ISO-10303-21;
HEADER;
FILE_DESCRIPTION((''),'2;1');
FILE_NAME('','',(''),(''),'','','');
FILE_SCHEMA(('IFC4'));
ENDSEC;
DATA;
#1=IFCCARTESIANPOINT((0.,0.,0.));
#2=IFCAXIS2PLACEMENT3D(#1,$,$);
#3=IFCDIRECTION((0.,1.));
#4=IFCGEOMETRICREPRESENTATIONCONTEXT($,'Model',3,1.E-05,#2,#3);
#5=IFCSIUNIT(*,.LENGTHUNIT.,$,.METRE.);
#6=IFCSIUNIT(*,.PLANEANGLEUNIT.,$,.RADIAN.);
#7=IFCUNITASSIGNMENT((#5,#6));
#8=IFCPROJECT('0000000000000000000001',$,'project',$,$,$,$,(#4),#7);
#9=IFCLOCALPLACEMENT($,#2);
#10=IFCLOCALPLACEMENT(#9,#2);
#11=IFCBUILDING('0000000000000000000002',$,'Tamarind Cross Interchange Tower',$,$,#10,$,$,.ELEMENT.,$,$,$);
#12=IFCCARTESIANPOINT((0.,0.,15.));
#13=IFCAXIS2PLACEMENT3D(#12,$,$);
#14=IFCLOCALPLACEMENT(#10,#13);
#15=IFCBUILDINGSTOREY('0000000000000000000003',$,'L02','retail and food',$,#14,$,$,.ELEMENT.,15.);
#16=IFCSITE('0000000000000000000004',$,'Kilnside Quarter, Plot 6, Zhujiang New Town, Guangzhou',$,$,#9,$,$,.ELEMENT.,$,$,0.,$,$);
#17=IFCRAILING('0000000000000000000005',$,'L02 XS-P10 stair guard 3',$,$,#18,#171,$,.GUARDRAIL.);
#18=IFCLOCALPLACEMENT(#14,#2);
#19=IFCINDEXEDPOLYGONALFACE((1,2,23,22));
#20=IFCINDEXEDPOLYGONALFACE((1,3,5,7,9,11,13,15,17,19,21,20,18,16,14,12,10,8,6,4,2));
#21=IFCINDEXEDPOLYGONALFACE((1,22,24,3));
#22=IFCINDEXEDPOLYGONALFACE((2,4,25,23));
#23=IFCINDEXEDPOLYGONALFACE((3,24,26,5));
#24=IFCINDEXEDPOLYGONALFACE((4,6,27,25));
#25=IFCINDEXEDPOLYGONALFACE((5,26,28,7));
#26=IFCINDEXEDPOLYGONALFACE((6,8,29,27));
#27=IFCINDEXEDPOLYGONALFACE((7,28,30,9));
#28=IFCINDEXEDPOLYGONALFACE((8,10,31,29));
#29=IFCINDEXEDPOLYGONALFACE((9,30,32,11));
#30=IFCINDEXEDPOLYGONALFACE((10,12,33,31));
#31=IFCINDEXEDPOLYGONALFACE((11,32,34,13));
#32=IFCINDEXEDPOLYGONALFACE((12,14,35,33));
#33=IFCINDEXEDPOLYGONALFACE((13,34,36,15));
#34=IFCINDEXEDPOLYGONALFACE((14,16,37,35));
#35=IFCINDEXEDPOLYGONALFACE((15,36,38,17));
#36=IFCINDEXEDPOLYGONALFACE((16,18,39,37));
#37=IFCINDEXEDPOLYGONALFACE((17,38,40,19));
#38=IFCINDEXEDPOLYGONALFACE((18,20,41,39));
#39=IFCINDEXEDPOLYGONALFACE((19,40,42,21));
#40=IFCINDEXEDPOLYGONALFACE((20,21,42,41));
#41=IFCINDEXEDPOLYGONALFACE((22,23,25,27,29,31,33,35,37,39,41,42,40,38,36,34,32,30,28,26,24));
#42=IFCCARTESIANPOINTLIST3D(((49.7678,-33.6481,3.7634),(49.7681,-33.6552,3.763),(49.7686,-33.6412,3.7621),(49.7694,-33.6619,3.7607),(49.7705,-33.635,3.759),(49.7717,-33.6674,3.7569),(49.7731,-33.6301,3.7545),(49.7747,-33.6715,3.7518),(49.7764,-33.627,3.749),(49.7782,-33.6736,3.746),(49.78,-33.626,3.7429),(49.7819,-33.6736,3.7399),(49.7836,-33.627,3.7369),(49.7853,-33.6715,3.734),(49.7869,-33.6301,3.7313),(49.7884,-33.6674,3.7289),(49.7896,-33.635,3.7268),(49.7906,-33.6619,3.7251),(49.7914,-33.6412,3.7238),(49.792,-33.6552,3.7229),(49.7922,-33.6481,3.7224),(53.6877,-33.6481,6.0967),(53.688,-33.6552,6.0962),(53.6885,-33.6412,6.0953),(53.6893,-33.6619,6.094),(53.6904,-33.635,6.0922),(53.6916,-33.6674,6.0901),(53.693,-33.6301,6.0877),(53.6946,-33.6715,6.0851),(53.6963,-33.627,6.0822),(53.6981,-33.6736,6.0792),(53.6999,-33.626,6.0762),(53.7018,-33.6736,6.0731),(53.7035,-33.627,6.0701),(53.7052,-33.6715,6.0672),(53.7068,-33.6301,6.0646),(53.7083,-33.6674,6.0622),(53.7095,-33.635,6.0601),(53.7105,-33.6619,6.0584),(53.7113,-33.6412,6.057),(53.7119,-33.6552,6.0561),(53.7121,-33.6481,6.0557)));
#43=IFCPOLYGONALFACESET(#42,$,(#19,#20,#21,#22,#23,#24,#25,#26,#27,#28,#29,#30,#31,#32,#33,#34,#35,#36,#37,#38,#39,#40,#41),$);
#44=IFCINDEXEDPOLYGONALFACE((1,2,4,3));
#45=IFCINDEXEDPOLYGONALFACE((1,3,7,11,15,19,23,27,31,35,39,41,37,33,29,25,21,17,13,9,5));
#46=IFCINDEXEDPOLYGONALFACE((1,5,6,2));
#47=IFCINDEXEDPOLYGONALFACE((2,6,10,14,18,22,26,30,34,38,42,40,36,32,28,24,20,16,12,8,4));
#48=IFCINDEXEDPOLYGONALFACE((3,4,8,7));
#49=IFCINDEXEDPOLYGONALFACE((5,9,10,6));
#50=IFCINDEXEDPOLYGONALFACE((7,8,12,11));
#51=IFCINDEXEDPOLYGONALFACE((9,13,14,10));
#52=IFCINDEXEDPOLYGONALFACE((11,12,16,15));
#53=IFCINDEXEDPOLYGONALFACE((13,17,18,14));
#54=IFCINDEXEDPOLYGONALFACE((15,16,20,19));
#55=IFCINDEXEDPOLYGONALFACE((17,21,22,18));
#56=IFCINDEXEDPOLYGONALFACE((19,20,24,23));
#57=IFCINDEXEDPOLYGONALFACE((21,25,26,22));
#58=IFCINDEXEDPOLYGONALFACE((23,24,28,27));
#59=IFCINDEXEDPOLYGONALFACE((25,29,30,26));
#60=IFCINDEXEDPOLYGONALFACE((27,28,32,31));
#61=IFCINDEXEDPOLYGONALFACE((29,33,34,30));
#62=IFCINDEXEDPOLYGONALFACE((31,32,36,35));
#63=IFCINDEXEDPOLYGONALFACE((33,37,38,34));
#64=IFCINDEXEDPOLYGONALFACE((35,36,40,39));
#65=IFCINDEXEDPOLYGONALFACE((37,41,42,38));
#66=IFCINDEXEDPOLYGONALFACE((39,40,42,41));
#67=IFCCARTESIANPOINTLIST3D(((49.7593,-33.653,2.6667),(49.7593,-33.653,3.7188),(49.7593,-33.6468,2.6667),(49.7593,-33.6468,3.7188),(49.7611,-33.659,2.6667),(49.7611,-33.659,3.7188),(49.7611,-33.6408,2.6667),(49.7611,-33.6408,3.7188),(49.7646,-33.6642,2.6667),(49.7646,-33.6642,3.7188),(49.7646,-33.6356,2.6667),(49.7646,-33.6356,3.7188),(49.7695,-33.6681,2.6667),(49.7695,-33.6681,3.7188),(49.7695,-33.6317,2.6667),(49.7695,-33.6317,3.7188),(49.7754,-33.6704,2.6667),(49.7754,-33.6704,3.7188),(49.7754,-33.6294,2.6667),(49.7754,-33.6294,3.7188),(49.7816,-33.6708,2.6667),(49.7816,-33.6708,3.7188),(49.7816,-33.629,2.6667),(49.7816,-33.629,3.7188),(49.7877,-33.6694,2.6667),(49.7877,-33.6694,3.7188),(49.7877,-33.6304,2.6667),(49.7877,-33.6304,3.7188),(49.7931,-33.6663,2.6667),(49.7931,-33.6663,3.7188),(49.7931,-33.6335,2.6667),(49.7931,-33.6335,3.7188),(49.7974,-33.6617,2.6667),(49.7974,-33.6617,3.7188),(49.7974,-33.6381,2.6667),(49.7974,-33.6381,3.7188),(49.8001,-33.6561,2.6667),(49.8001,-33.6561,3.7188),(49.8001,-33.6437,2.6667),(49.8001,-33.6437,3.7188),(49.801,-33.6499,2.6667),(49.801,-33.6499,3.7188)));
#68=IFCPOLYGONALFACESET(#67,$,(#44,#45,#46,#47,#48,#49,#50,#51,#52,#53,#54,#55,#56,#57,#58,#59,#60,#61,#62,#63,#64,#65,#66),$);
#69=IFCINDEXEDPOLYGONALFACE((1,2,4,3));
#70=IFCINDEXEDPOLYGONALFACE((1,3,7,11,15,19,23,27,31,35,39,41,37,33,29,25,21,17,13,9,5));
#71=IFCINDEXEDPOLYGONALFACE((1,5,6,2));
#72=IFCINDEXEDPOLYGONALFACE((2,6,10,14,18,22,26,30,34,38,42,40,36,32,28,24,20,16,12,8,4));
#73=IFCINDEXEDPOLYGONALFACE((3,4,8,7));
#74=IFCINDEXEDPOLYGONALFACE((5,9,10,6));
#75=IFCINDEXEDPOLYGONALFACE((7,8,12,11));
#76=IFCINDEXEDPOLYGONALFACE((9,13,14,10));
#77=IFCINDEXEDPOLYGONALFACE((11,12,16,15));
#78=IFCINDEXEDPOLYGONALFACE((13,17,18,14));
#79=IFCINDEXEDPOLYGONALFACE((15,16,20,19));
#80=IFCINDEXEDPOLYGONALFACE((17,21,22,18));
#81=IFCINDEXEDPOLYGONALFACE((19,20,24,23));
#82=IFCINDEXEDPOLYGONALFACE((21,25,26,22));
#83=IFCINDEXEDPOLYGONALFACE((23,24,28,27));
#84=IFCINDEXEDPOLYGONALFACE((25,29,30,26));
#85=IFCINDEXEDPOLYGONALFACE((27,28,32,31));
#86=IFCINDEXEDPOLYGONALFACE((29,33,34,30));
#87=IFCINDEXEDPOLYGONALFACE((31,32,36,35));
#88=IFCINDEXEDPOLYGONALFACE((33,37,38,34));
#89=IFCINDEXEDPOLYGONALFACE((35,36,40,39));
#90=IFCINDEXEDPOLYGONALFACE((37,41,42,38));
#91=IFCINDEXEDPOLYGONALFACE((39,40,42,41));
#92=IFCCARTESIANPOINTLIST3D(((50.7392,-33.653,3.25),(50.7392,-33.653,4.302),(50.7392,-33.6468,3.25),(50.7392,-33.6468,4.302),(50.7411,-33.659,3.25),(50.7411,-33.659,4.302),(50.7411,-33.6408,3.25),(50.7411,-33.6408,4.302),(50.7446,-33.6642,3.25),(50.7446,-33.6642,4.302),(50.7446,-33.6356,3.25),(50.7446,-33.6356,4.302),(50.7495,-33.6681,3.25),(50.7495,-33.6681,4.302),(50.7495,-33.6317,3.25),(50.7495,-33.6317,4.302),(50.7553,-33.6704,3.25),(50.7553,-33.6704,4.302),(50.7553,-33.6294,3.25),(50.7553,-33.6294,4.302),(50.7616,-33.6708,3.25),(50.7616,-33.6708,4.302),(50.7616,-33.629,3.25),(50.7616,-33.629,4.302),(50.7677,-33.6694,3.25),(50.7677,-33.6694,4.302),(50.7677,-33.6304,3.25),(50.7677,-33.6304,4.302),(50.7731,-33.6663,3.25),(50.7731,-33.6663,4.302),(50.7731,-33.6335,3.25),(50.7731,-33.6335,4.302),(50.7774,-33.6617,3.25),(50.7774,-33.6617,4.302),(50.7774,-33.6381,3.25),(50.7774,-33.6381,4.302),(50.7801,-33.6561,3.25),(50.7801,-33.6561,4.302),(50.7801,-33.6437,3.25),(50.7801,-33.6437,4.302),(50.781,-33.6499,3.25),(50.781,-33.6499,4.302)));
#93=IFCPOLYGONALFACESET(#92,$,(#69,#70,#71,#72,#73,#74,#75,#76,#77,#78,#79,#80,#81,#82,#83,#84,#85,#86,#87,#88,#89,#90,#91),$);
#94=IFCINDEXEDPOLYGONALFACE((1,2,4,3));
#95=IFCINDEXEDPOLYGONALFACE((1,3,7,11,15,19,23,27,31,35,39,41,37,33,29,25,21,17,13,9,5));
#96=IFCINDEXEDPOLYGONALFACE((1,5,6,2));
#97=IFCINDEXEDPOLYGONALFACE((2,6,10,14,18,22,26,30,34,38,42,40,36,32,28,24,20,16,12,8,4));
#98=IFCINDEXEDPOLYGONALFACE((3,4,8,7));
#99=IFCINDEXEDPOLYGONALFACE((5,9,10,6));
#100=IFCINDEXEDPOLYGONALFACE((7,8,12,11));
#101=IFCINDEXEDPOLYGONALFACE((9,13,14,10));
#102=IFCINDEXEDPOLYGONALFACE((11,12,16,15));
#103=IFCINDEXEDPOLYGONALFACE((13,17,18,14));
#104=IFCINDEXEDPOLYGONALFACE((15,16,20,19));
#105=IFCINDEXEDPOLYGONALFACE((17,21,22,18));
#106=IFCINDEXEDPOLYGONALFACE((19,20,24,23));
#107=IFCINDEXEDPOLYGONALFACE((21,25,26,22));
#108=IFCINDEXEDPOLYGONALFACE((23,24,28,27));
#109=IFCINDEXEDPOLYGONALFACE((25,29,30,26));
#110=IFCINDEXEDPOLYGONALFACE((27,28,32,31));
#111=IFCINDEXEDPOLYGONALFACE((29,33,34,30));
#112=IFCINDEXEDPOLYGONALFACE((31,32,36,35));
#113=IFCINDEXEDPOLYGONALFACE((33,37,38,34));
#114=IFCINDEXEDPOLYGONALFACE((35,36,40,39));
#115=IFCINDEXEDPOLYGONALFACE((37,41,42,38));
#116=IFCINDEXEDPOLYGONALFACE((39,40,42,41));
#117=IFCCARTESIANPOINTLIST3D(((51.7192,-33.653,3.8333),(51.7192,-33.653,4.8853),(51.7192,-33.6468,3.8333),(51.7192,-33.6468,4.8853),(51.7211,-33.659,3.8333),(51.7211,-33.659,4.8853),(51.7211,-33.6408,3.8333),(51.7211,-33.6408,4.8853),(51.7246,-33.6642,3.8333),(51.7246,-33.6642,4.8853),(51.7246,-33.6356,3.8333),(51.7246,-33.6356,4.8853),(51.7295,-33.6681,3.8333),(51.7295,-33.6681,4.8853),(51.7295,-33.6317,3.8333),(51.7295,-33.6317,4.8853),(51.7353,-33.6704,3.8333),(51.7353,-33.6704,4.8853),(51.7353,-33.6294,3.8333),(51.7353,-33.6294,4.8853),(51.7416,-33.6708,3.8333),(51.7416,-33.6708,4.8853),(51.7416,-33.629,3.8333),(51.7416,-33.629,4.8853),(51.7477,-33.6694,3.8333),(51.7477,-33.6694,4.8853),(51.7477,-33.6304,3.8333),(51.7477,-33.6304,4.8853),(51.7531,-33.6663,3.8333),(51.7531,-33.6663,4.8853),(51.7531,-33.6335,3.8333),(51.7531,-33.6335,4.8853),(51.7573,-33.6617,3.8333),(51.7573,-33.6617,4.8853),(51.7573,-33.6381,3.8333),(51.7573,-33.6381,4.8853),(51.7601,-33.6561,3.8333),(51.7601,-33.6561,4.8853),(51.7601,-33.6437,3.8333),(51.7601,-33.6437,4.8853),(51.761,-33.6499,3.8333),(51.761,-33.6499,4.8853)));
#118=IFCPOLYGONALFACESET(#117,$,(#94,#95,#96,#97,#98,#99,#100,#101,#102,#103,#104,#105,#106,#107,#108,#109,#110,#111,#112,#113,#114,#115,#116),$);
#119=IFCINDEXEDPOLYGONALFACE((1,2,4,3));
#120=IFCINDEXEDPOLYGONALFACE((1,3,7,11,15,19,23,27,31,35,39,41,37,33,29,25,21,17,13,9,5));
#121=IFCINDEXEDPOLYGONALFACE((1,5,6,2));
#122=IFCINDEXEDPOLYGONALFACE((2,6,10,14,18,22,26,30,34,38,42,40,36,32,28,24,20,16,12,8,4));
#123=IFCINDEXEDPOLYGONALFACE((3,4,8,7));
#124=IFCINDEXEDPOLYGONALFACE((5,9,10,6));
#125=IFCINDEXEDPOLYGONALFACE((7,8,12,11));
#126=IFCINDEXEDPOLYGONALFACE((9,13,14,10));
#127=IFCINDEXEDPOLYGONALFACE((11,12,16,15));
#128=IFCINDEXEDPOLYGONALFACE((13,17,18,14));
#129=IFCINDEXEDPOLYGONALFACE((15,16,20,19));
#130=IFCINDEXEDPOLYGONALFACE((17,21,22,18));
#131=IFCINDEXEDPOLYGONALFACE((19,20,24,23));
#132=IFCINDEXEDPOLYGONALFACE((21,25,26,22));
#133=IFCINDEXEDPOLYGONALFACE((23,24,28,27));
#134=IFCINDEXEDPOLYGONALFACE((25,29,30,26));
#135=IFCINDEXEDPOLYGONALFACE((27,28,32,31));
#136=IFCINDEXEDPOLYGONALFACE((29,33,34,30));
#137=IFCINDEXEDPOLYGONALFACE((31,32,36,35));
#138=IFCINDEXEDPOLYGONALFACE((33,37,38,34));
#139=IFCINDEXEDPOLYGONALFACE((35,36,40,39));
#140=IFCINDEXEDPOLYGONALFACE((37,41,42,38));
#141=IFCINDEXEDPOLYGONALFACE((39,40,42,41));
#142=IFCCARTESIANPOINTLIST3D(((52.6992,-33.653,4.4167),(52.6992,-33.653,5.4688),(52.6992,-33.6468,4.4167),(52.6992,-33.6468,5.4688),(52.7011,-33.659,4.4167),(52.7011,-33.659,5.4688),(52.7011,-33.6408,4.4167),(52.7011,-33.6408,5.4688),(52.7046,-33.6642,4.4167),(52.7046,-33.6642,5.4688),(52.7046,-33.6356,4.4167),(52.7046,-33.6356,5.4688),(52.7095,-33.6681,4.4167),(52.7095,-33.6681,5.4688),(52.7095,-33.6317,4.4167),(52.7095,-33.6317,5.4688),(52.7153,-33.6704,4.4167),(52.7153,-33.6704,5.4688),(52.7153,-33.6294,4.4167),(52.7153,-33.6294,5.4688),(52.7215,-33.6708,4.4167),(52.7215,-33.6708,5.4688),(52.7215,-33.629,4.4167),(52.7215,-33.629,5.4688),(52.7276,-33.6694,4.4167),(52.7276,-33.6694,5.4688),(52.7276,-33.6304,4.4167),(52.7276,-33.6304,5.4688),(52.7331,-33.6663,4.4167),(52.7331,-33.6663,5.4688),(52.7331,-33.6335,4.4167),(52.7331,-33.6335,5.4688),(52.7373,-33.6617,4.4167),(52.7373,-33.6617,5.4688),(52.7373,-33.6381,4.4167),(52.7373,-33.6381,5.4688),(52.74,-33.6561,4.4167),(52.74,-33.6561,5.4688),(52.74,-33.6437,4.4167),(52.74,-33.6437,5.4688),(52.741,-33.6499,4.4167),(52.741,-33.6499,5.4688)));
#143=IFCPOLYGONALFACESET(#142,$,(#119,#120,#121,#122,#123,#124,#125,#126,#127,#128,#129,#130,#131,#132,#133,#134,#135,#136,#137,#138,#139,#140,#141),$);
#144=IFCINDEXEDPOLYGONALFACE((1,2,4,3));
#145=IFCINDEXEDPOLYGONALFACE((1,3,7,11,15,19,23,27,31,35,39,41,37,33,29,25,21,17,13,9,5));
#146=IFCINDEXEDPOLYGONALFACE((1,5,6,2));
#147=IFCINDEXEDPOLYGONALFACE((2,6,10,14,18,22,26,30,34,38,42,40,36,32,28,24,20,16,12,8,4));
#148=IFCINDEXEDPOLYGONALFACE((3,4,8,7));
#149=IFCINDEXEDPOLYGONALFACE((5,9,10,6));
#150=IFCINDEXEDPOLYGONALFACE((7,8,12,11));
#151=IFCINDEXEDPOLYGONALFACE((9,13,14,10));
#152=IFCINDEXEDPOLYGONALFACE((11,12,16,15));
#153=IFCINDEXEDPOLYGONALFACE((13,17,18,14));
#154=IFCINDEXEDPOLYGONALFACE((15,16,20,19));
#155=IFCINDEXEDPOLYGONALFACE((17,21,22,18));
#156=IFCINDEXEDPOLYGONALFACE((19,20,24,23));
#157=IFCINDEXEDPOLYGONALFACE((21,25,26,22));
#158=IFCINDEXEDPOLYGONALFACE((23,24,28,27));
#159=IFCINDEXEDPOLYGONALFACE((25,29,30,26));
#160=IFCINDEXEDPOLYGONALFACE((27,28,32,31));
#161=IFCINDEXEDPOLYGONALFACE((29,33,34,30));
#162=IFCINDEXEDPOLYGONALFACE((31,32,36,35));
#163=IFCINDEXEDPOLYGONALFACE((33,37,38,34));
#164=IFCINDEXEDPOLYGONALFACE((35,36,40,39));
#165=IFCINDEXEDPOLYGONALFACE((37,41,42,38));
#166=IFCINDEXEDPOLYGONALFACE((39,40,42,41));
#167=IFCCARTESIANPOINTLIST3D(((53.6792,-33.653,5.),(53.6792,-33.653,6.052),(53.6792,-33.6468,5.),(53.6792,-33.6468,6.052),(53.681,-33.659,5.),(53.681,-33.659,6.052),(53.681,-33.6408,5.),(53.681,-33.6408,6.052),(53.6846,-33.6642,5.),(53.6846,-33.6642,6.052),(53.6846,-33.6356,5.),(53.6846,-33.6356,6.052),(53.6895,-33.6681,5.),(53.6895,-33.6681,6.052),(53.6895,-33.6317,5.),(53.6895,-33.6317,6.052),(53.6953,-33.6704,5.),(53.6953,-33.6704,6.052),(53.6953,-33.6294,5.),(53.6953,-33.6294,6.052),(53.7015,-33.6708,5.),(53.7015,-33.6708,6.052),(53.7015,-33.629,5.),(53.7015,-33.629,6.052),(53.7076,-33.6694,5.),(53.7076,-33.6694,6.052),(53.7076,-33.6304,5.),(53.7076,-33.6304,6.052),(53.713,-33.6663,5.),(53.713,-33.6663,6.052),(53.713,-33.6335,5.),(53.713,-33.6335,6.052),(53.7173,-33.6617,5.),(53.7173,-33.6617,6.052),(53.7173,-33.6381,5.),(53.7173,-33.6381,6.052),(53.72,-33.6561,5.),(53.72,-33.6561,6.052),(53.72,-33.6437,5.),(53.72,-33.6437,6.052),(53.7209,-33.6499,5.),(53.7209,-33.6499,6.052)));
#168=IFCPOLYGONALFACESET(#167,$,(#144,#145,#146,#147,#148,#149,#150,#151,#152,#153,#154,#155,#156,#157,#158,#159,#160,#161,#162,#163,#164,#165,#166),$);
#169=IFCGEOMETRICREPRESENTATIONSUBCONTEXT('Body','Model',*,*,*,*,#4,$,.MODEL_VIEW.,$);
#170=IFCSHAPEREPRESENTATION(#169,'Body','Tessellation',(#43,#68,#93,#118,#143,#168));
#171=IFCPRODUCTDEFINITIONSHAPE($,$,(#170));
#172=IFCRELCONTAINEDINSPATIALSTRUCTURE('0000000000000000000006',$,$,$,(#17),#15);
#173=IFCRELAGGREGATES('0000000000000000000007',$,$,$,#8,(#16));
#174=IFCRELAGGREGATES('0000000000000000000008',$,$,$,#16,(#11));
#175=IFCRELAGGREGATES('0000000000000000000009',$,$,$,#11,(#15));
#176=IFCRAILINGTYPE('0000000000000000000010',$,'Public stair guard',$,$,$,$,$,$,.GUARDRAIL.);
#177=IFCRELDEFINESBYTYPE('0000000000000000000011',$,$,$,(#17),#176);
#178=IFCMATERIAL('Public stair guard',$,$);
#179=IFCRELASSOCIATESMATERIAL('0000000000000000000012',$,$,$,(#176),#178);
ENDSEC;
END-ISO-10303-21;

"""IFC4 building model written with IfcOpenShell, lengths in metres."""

from ifc_helpers import new_model, si_unit, direction, frame, origin, origin_2d, place, context, subcontext, project, spatial, circle, extrude, material, type_object, element, save


model = new_model("IFC4")

# Units and contexts
model_context = context("Model", 3, precision=1e-05, world=origin(), true_north=direction((0.0, 1.0)))
body_context = subcontext(model_context, "Body", "Model", "MODEL_VIEW")
ifc_project = project(units=[si_unit("LENGTHUNIT", "METRE"), si_unit("PLANEANGLEUNIT", "RADIAN")], contexts=[model_context])

# Site, building, storey
site_placement = place(None, origin())
site = spatial("IfcSite", under=ifc_project, at=site_placement, Name="Kilnside Quarter, Plot 6, Zhujiang New Town, Guangzhou", CompositionType="ELEMENT", RefElevation=0.0)
building_placement = place(site_placement, origin())
building = spatial("IfcBuilding", under=site, at=building_placement, Name="Tamarind Cross Interchange Tower", CompositionType="ELEMENT")
storey_placement = place(building_placement, frame((0.0, 0.0, 15.0)))
storey = spatial("IfcBuildingStorey", under=building, at=storey_placement, Name="L02", Description="retail and food", CompositionType="ELEMENT", Elevation=15.0)

# Railing
ifc_material_1 = material(Name="Public stair guard")
railing_type_1 = type_object("IfcRailingType", Name="Public stair guard", PredefinedType="GUARDRAIL", material=ifc_material_1)
railing_1_placement = place(storey_placement, frame((49.78, -33.6499, 2.6667)))
element("IfcRailing", 1, at=railing_1_placement, inside=storey, type_object=railing_type_1, Name="L02 XS-P10 stair guard 3", PredefinedType="GUARDRAIL", context=body_context, shape_type="SweptSolid", body=[
    extrude(circle(Radius=0.0239, at=origin_2d()), frame((0.0, 0.0, 1.0762), z_axis=(0.859296, 0.0, 0.511478), x_axis=(0.0, 1.0, 0.0)), (0.0, 0.0, 1.0), 4.5618),
    extrude(circle(Radius=0.021, at=origin_2d()), origin(), (0.0, 0.0, 1.0), 1.052),
    extrude(circle(Radius=0.021, at=origin_2d()), frame((0.98, 0.0, 0.5833)), (0.0, 0.0, 1.0), 1.052),
    extrude(circle(Radius=0.021, at=origin_2d()), frame((1.96, 0.0, 1.1665)), (0.0, 0.0, 1.0), 1.052),
    extrude(circle(Radius=0.021, at=origin_2d()), frame((2.9399, 0.0, 1.75)), (0.0, 0.0, 1.0), 1.052),
    extrude(circle(Radius=0.021, at=origin_2d()), frame((3.9199, 0.0, 2.3333)), (0.0, 0.0, 1.0), 1.052),
])

save(model, "model.ifc")
